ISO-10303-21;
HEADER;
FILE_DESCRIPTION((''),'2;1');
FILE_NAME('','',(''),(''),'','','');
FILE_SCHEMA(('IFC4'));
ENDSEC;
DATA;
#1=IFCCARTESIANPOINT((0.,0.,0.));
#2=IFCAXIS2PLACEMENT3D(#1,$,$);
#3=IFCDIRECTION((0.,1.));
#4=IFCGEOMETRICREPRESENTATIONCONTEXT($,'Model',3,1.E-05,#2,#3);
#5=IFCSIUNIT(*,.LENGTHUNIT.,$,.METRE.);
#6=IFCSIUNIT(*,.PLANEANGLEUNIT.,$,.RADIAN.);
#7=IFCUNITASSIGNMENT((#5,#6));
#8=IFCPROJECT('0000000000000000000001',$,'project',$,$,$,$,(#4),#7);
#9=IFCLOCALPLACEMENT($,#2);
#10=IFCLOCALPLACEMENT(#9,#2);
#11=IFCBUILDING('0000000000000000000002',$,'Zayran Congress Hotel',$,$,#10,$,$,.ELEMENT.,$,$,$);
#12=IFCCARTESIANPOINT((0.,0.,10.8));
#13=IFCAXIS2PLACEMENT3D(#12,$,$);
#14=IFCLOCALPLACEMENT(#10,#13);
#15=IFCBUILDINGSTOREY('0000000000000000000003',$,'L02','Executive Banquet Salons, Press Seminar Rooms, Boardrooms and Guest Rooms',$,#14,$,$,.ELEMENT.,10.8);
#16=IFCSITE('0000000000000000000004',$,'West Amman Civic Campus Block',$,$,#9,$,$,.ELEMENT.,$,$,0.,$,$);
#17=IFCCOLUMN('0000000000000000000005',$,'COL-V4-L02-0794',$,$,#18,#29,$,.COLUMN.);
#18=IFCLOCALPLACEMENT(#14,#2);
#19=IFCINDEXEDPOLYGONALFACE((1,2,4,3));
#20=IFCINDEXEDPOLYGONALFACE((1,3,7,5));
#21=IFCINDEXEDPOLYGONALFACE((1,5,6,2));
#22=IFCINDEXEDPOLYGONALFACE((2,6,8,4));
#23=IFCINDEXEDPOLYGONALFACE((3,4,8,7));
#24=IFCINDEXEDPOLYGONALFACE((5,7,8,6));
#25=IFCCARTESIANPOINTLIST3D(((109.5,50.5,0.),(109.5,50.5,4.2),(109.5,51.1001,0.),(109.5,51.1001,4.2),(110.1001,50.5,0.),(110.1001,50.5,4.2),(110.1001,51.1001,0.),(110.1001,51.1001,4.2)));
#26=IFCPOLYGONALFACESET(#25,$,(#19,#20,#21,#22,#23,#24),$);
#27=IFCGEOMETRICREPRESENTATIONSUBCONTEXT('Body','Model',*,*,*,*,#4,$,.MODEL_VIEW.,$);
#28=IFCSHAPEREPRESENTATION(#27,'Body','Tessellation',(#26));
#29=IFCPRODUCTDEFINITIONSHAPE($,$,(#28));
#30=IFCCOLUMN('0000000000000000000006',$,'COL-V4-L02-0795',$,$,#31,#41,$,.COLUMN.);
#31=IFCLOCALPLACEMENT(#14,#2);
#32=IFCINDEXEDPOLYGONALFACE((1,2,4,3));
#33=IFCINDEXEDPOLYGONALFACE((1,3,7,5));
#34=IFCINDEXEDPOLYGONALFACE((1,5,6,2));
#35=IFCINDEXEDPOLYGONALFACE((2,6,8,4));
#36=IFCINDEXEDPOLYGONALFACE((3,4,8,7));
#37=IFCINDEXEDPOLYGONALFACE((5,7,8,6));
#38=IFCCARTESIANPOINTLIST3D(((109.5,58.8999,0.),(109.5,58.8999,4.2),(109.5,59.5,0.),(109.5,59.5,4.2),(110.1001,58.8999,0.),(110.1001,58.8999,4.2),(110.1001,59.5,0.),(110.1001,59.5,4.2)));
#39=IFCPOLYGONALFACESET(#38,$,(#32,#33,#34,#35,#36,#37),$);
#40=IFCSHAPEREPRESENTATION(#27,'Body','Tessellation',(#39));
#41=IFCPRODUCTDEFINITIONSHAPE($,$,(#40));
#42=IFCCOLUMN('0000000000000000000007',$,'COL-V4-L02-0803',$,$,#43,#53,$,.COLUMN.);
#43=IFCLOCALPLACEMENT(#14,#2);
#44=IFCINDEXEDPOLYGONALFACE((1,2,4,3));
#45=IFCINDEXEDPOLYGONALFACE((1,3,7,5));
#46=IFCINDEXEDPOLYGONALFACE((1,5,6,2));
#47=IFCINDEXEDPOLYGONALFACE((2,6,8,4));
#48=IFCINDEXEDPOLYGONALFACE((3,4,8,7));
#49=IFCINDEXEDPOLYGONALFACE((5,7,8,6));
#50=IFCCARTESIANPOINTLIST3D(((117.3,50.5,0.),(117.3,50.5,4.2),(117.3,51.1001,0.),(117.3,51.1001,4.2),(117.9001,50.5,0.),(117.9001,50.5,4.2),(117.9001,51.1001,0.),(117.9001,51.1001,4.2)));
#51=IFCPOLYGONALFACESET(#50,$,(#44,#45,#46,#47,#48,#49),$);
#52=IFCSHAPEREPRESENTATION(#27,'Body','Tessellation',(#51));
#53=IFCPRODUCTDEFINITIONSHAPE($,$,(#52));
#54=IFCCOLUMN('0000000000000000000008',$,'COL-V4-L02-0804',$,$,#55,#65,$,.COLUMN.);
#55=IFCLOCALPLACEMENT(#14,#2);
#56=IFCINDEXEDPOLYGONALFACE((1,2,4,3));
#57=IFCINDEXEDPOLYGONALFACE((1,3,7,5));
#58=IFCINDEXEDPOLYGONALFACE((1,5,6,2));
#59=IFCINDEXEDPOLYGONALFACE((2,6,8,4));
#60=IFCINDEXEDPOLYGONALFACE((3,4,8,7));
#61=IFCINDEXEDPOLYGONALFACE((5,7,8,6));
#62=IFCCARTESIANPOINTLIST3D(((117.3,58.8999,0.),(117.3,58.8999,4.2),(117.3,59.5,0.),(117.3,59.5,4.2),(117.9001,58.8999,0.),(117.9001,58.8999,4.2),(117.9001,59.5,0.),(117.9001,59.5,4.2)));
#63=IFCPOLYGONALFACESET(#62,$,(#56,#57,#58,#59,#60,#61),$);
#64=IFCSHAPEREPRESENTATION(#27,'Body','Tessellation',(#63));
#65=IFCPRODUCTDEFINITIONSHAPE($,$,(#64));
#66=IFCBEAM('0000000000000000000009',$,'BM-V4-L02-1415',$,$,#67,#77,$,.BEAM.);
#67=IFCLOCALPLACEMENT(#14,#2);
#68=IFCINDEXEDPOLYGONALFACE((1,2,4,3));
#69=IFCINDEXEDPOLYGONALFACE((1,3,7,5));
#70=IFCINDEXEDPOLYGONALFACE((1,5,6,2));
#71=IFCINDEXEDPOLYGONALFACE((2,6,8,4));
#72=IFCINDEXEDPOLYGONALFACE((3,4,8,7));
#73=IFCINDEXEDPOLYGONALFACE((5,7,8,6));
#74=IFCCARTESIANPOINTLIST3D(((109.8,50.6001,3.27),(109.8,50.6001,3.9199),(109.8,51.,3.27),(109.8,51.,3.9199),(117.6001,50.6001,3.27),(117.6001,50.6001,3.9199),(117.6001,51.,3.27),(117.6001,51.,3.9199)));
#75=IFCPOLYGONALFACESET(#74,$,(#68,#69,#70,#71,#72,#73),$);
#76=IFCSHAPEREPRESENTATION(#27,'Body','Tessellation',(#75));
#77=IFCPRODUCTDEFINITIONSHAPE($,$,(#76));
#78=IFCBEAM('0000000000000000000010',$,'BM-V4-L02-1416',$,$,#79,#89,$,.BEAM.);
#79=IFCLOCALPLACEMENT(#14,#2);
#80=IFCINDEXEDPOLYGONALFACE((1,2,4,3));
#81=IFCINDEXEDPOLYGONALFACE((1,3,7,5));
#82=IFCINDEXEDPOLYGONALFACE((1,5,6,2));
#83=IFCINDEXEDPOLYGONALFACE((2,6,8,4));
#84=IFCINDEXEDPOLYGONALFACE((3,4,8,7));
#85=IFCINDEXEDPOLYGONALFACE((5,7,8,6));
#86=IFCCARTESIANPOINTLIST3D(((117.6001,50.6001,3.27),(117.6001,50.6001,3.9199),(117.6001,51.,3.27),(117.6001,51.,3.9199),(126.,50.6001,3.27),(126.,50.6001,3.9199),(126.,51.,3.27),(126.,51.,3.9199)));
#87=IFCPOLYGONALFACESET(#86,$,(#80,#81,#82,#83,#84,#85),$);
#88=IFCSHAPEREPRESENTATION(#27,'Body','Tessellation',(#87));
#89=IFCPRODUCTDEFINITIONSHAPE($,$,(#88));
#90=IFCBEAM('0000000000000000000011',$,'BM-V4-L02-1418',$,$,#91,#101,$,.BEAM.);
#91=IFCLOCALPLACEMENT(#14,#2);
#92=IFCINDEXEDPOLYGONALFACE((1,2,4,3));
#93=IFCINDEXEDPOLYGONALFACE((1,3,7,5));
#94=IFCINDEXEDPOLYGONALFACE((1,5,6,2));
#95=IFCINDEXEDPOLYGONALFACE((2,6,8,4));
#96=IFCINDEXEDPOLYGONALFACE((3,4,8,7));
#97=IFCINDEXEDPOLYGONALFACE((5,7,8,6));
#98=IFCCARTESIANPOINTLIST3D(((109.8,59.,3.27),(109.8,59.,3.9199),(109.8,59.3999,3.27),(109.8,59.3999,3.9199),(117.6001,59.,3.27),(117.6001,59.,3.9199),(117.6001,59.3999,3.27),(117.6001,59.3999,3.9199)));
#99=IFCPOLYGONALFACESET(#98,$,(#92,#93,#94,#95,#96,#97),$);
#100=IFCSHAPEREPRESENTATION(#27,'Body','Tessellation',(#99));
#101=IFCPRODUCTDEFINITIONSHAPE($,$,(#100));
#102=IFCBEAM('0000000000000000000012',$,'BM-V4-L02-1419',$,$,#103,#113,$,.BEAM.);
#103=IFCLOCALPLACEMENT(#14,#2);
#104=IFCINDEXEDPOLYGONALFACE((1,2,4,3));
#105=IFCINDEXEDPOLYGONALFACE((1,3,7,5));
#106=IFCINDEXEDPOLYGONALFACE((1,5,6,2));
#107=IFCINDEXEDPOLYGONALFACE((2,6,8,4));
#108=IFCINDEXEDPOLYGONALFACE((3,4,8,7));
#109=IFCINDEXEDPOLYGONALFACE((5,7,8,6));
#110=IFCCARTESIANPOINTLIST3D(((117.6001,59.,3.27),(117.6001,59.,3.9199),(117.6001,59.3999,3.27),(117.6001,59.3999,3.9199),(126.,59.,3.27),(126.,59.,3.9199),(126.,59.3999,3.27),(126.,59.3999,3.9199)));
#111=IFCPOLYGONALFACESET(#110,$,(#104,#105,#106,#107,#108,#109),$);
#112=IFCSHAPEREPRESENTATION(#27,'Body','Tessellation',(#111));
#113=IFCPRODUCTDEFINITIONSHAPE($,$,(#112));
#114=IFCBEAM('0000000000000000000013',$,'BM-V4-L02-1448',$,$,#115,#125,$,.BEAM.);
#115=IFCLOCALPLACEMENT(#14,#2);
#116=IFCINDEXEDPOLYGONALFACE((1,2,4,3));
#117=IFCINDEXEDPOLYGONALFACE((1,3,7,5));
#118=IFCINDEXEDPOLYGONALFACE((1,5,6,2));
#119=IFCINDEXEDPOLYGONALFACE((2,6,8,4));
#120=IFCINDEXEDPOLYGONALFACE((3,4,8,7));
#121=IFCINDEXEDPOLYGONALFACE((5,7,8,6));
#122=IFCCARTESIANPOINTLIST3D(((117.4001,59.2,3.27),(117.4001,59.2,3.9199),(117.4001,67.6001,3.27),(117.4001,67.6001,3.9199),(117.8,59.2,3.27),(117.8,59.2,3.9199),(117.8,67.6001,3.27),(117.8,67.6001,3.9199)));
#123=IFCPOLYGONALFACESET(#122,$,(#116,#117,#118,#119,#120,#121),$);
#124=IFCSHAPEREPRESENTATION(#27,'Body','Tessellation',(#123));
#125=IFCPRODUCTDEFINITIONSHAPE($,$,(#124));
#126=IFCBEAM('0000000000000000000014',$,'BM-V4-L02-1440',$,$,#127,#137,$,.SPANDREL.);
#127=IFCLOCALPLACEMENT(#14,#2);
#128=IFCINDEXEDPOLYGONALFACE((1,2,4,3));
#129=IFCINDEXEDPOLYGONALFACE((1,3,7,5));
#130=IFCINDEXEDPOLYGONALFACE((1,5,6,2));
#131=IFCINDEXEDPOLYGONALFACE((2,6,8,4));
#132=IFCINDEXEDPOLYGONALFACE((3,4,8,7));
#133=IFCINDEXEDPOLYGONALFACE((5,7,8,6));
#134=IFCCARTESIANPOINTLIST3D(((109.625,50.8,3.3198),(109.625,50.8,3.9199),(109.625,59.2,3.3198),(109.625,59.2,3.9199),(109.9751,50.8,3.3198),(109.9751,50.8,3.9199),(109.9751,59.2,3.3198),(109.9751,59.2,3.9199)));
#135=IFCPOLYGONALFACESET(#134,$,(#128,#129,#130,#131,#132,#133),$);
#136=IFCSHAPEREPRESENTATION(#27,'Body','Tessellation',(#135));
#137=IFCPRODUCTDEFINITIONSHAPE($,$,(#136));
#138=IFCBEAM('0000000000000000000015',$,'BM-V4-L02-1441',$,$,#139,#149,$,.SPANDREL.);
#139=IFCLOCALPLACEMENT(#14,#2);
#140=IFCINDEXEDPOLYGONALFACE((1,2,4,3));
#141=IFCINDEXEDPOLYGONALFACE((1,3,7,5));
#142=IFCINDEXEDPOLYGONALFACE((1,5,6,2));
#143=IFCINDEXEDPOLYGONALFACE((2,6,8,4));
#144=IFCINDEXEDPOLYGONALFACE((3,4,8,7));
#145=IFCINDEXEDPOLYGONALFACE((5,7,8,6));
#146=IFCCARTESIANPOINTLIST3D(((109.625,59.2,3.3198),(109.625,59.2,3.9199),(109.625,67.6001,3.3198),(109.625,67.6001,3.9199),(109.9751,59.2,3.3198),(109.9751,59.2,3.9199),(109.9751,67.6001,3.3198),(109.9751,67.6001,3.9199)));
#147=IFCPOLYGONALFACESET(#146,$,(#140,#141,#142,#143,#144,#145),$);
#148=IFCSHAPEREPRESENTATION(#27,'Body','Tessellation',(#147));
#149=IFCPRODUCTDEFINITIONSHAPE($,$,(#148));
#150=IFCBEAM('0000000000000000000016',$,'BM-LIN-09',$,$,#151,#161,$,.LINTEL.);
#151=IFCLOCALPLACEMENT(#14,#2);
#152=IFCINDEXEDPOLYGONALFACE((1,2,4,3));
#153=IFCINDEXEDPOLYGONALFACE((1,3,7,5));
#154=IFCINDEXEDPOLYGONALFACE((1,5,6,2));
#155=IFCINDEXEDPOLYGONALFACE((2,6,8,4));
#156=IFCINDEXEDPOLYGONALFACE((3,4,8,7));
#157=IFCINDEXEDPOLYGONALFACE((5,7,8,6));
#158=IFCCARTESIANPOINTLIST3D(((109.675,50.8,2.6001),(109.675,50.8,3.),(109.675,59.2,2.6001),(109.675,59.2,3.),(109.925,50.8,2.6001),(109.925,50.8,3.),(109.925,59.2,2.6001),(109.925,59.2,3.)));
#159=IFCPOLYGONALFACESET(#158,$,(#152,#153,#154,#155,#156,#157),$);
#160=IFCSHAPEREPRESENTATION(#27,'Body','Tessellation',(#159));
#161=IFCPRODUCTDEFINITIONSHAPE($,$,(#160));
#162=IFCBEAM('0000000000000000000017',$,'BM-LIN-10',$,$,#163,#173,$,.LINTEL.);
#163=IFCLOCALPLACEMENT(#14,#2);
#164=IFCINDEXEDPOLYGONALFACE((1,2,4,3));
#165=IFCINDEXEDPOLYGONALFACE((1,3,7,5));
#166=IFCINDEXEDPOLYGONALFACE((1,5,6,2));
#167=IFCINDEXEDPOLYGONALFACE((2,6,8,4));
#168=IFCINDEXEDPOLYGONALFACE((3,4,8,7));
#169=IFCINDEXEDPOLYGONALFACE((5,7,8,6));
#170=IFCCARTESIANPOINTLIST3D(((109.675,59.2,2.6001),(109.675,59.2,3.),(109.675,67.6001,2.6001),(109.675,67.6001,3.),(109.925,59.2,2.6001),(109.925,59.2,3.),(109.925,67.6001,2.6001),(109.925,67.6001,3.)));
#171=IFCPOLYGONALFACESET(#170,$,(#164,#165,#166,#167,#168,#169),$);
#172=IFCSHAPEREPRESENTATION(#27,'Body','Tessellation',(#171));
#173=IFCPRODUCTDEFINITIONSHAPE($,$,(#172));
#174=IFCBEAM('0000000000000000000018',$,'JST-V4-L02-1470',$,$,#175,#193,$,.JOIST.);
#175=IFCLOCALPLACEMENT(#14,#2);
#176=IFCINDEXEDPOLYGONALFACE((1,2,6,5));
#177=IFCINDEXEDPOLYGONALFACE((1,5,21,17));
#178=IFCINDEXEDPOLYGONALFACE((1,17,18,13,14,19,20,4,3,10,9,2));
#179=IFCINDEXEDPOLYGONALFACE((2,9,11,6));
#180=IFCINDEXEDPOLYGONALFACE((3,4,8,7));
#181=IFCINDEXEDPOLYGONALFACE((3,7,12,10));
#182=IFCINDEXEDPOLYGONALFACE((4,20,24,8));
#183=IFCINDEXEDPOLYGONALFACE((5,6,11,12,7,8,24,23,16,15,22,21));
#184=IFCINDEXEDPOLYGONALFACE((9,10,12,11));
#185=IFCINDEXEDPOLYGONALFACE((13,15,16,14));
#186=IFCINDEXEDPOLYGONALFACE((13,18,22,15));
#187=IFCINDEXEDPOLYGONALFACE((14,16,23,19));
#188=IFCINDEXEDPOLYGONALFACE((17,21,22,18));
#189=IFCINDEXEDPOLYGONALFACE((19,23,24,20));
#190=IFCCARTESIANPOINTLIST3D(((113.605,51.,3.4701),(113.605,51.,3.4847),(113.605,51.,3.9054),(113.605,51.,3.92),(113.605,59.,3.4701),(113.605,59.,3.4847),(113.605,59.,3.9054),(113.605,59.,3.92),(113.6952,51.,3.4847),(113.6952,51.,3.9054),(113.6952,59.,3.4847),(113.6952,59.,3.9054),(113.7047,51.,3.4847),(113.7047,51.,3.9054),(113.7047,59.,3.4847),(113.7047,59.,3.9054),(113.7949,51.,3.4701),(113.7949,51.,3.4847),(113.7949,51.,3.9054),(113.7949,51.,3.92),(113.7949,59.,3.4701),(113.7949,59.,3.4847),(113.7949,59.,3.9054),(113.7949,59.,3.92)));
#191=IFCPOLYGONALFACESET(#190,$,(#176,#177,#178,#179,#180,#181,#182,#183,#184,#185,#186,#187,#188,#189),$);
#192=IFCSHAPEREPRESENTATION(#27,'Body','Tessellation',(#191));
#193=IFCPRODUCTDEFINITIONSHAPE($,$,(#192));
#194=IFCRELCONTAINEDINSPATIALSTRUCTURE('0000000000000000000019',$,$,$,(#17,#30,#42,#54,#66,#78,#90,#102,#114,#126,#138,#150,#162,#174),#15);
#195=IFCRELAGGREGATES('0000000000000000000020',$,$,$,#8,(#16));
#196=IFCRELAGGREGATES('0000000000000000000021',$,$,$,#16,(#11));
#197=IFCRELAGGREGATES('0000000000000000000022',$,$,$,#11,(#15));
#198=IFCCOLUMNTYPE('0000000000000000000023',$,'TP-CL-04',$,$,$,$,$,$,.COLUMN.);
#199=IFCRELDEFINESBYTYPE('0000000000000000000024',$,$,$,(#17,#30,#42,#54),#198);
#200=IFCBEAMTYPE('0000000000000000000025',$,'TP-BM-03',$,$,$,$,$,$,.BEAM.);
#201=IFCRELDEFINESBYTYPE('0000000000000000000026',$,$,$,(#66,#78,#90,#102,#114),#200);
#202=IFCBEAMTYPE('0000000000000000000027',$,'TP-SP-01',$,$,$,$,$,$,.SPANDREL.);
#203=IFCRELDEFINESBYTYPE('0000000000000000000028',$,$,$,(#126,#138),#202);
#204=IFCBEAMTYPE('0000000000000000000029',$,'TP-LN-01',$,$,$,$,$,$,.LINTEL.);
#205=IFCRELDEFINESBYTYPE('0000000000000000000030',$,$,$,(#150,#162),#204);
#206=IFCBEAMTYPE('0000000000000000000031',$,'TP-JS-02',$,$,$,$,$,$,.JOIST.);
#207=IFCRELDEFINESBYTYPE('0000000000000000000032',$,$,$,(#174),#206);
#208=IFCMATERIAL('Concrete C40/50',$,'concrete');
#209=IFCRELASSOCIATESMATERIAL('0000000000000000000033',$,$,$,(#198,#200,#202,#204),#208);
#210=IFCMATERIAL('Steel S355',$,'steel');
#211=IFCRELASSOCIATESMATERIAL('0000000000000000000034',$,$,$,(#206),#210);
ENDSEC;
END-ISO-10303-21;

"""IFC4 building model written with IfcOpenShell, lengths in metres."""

from ifc_helpers import new_model, si_unit, direction, frame, origin, origin_2d, place, context, subcontext, project, spatial, rectangle, i_section, extrude, material, material_profile, profile_set, type_object, element, save


model = new_model("IFC4")

# Units and contexts
model_context = context("Model", 3, precision=1e-05, world=origin(), true_north=direction((0.0, 1.0)))
body_context = subcontext(model_context, "Body", "Model", "MODEL_VIEW")
ifc_project = project(units=[si_unit("LENGTHUNIT", "METRE"), si_unit("PLANEANGLEUNIT", "RADIAN")], contexts=[model_context])

# Site, building, storey
site_placement = place(None, origin())
site = spatial("IfcSite", under=ifc_project, at=site_placement, Name="West Amman Civic Campus Block", CompositionType="ELEMENT", RefElevation=0.0)
building_placement = place(site_placement, origin())
building = spatial("IfcBuilding", under=site, at=building_placement, Name="Zayran Congress Hotel", CompositionType="ELEMENT")
storey_placement = place(building_placement, frame((0.0, 0.0, 10.8)))
storey = spatial("IfcBuildingStorey", under=building, at=storey_placement, Name="L02", Description="Executive Banquet Salons, Press Seminar Rooms, Boardrooms and Guest Rooms", CompositionType="ELEMENT", Elevation=10.8)

# Columns
ifc_material_1 = material(Name="Concrete C40/50", Category="concrete")
ifc_material_profile_1 = material_profile(ifc_material_1, rectangle(XDim=0.6001, YDim=0.6001, at=origin_2d()), Name="RC 600x600")
ifc_profile_set_1 = profile_set([ifc_material_profile_1], Name="Concrete C40/50")
column_type = type_object("IfcColumnType", Name="TP-CL-04", PredefinedType="COLUMN", material=ifc_profile_set_1)
for number, where, z_axis, x_axis, name in (
    (1, (109.8, 50.8, 0.0), (0.0, 0.0, 1.0), (1.0, 0.0, 0.0), "COL-V4-L02-0794"),
    (2, (109.8, 59.2, 0.0), (0.0, 0.0, 1.0), (1.0, 0.0, 0.0), "COL-V4-L02-0795"),
    (3, (117.6001, 50.8, 0.0), (0.0, 0.0, 1.0), (1.0, 0.0, 0.0), "COL-V4-L02-0803"),
    (4, (117.6001, 59.2, 0.0), (0.0, 0.0, 1.0), (1.0, 0.0, 0.0), "COL-V4-L02-0804"),
):
    element("IfcColumn", number, at=place(storey_placement, frame(where, z_axis=z_axis, x_axis=x_axis)), inside=storey, type_object=column_type, Name=name, PredefinedType="COLUMN", context=body_context, shape_type="SweptSolid", body=[
        extrude(rectangle(XDim=0.6001, YDim=0.6001, at=origin_2d()), origin(), (0.0, 0.0, 1.0), 4.2),
    ])

# Beams
ifc_material_profile_2 = material_profile(ifc_material_1, rectangle(XDim=0.3999, YDim=0.6499, at=origin_2d()), Name="RC 400x650")
ifc_profile_set_2 = profile_set([ifc_material_profile_2], Name="Concrete C40/50")
beam_type_1 = type_object("IfcBeamType", Name="TP-BM-03", PredefinedType="BEAM", material=ifc_profile_set_2)
beam_1_placement = place(storey_placement, frame((109.8, 50.8, 3.595), z_axis=(1.0, 0.0, 0.0), x_axis=(0.0, 1.0, 0.0)))
element("IfcBeam", 5, at=beam_1_placement, inside=storey, type_object=beam_type_1, Name="BM-V4-L02-1415", PredefinedType="BEAM", context=body_context, shape_type="SweptSolid", body=[
    extrude(rectangle(XDim=0.3999, YDim=0.6499, at=origin_2d()), origin(), (0.0, 0.0, 1.0), 7.8),
])
beam_2_placement = place(storey_placement, frame((117.6001, 50.8, 3.595), z_axis=(1.0, 0.0, 0.0), x_axis=(0.0, 1.0, 0.0)))
element("IfcBeam", 6, at=beam_2_placement, inside=storey, type_object=beam_type_1, Name="BM-V4-L02-1416", PredefinedType="BEAM", context=body_context, shape_type="SweptSolid", body=[
    extrude(rectangle(XDim=0.3999, YDim=0.6499, at=origin_2d()), origin(), (0.0, 0.0, 1.0), 8.3999),
])
beam_3_placement = place(storey_placement, frame((109.8, 59.2, 3.595), z_axis=(1.0, 0.0, 0.0), x_axis=(0.0, 1.0, 0.0)))
element("IfcBeam", 7, at=beam_3_placement, inside=storey, type_object=beam_type_1, Name="BM-V4-L02-1418", PredefinedType="BEAM", context=body_context, shape_type="SweptSolid", body=[
    extrude(rectangle(XDim=0.3999, YDim=0.6499, at=origin_2d()), origin(), (0.0, 0.0, 1.0), 7.8),
])
beam_4_placement = place(storey_placement, frame((117.6001, 59.2, 3.595), z_axis=(1.0, 0.0, 0.0), x_axis=(0.0, 1.0, 0.0)))
element("IfcBeam", 8, at=beam_4_placement, inside=storey, type_object=beam_type_1, Name="BM-V4-L02-1419", PredefinedType="BEAM", context=body_context, shape_type="SweptSolid", body=[
    extrude(rectangle(XDim=0.3999, YDim=0.6499, at=origin_2d()), origin(), (0.0, 0.0, 1.0), 8.3999),
])
beam_5_placement = place(storey_placement, frame((117.6001, 59.2, 3.595), z_axis=(0.0, 1.0, 0.0), x_axis=(-1.0, 0.0, 0.0)))
element("IfcBeam", 9, at=beam_5_placement, inside=storey, type_object=beam_type_1, Name="BM-V4-L02-1448", PredefinedType="BEAM", context=body_context, shape_type="SweptSolid", body=[
    extrude(rectangle(XDim=0.3999, YDim=0.6499, at=origin_2d()), origin(), (0.0, 0.0, 1.0), 8.4001),
])
ifc_material_profile_3 = material_profile(ifc_material_1, rectangle(XDim=0.3501, YDim=0.6001, at=origin_2d()), Name="RC 350x600")
ifc_profile_set_3 = profile_set([ifc_material_profile_3], Name="Concrete C40/50")
beam_type_2 = type_object("IfcBeamType", Name="TP-SP-01", PredefinedType="SPANDREL", material=ifc_profile_set_3)
beam_6_placement = place(storey_placement, frame((109.8, 50.8, 3.6199), z_axis=(0.0, 1.0, 0.0), x_axis=(-1.0, 0.0, 0.0)))
element("IfcBeam", 10, at=beam_6_placement, inside=storey, type_object=beam_type_2, Name="BM-V4-L02-1440", PredefinedType="SPANDREL", context=body_context, shape_type="SweptSolid", body=[
    extrude(rectangle(XDim=0.3501, YDim=0.6001, at=origin_2d()), origin(), (0.0, 0.0, 1.0), 8.3999),
])
beam_7_placement = place(storey_placement, frame((109.8, 59.2, 3.6199), z_axis=(0.0, 1.0, 0.0), x_axis=(-1.0, 0.0, 0.0)))
element("IfcBeam", 11, at=beam_7_placement, inside=storey, type_object=beam_type_2, Name="BM-V4-L02-1441", PredefinedType="SPANDREL", context=body_context, shape_type="SweptSolid", body=[
    extrude(rectangle(XDim=0.3501, YDim=0.6001, at=origin_2d()), origin(), (0.0, 0.0, 1.0), 8.4001),
])
ifc_material_profile_4 = material_profile(ifc_material_1, rectangle(XDim=0.25, YDim=0.3999, at=origin_2d()), Name="RC 250x400")
ifc_profile_set_4 = profile_set([ifc_material_profile_4], Name="Concrete C40/50")
beam_type_3 = type_object("IfcBeamType", Name="TP-LN-01", PredefinedType="LINTEL", material=ifc_profile_set_4)
beam_8_placement = place(storey_placement, frame((109.8, 50.8, 2.8), z_axis=(0.0, 1.0, 0.0), x_axis=(-1.0, 0.0, 0.0)))
element("IfcBeam", 12, at=beam_8_placement, inside=storey, type_object=beam_type_3, Name="BM-LIN-09", PredefinedType="LINTEL", context=body_context, shape_type="SweptSolid", body=[
    extrude(rectangle(XDim=0.25, YDim=0.3999, at=origin_2d()), origin(), (0.0, 0.0, 1.0), 8.3999),
])
beam_9_placement = place(storey_placement, frame((109.8, 59.2, 2.8), z_axis=(0.0, 1.0, 0.0), x_axis=(-1.0, 0.0, 0.0)))
element("IfcBeam", 13, at=beam_9_placement, inside=storey, type_object=beam_type_3, Name="BM-LIN-10", PredefinedType="LINTEL", context=body_context, shape_type="SweptSolid", body=[
    extrude(rectangle(XDim=0.25, YDim=0.3999, at=origin_2d()), origin(), (0.0, 0.0, 1.0), 8.4001),
])
ifc_material_2 = material(Name="Steel S355", Category="steel")
ifc_material_profile_5 = material_profile(ifc_material_2, i_section(OverallWidth=0.1899, OverallDepth=0.45, WebThickness=0.0095, FlangeThickness=0.0146, at=origin_2d()), Name="IPE 450")
ifc_profile_set_5 = profile_set([ifc_material_profile_5], Name="Steel S355")
beam_type_4 = type_object("IfcBeamType", Name="TP-JS-02", PredefinedType="JOIST", material=ifc_profile_set_5)
for number, where, z_axis, x_axis, name in (
    (14, (113.7, 51.0, 3.6951), (0.0, 1.0, 0.0), (-1.0, 0.0, 0.0), "JST-V4-L02-1470"),
):
    element("IfcBeam", number, at=place(storey_placement, frame(where, z_axis=z_axis, x_axis=x_axis)), inside=storey, type_object=beam_type_4, Name=name, PredefinedType="JOIST", context=body_context, shape_type="SweptSolid", body=[
        extrude(i_section(OverallWidth=0.1899, OverallDepth=0.45, WebThickness=0.0095, FlangeThickness=0.0146, at=origin_2d()), origin(), (0.0, 0.0, 1.0), 8.0),
    ])

save(model, "model.ifc")
